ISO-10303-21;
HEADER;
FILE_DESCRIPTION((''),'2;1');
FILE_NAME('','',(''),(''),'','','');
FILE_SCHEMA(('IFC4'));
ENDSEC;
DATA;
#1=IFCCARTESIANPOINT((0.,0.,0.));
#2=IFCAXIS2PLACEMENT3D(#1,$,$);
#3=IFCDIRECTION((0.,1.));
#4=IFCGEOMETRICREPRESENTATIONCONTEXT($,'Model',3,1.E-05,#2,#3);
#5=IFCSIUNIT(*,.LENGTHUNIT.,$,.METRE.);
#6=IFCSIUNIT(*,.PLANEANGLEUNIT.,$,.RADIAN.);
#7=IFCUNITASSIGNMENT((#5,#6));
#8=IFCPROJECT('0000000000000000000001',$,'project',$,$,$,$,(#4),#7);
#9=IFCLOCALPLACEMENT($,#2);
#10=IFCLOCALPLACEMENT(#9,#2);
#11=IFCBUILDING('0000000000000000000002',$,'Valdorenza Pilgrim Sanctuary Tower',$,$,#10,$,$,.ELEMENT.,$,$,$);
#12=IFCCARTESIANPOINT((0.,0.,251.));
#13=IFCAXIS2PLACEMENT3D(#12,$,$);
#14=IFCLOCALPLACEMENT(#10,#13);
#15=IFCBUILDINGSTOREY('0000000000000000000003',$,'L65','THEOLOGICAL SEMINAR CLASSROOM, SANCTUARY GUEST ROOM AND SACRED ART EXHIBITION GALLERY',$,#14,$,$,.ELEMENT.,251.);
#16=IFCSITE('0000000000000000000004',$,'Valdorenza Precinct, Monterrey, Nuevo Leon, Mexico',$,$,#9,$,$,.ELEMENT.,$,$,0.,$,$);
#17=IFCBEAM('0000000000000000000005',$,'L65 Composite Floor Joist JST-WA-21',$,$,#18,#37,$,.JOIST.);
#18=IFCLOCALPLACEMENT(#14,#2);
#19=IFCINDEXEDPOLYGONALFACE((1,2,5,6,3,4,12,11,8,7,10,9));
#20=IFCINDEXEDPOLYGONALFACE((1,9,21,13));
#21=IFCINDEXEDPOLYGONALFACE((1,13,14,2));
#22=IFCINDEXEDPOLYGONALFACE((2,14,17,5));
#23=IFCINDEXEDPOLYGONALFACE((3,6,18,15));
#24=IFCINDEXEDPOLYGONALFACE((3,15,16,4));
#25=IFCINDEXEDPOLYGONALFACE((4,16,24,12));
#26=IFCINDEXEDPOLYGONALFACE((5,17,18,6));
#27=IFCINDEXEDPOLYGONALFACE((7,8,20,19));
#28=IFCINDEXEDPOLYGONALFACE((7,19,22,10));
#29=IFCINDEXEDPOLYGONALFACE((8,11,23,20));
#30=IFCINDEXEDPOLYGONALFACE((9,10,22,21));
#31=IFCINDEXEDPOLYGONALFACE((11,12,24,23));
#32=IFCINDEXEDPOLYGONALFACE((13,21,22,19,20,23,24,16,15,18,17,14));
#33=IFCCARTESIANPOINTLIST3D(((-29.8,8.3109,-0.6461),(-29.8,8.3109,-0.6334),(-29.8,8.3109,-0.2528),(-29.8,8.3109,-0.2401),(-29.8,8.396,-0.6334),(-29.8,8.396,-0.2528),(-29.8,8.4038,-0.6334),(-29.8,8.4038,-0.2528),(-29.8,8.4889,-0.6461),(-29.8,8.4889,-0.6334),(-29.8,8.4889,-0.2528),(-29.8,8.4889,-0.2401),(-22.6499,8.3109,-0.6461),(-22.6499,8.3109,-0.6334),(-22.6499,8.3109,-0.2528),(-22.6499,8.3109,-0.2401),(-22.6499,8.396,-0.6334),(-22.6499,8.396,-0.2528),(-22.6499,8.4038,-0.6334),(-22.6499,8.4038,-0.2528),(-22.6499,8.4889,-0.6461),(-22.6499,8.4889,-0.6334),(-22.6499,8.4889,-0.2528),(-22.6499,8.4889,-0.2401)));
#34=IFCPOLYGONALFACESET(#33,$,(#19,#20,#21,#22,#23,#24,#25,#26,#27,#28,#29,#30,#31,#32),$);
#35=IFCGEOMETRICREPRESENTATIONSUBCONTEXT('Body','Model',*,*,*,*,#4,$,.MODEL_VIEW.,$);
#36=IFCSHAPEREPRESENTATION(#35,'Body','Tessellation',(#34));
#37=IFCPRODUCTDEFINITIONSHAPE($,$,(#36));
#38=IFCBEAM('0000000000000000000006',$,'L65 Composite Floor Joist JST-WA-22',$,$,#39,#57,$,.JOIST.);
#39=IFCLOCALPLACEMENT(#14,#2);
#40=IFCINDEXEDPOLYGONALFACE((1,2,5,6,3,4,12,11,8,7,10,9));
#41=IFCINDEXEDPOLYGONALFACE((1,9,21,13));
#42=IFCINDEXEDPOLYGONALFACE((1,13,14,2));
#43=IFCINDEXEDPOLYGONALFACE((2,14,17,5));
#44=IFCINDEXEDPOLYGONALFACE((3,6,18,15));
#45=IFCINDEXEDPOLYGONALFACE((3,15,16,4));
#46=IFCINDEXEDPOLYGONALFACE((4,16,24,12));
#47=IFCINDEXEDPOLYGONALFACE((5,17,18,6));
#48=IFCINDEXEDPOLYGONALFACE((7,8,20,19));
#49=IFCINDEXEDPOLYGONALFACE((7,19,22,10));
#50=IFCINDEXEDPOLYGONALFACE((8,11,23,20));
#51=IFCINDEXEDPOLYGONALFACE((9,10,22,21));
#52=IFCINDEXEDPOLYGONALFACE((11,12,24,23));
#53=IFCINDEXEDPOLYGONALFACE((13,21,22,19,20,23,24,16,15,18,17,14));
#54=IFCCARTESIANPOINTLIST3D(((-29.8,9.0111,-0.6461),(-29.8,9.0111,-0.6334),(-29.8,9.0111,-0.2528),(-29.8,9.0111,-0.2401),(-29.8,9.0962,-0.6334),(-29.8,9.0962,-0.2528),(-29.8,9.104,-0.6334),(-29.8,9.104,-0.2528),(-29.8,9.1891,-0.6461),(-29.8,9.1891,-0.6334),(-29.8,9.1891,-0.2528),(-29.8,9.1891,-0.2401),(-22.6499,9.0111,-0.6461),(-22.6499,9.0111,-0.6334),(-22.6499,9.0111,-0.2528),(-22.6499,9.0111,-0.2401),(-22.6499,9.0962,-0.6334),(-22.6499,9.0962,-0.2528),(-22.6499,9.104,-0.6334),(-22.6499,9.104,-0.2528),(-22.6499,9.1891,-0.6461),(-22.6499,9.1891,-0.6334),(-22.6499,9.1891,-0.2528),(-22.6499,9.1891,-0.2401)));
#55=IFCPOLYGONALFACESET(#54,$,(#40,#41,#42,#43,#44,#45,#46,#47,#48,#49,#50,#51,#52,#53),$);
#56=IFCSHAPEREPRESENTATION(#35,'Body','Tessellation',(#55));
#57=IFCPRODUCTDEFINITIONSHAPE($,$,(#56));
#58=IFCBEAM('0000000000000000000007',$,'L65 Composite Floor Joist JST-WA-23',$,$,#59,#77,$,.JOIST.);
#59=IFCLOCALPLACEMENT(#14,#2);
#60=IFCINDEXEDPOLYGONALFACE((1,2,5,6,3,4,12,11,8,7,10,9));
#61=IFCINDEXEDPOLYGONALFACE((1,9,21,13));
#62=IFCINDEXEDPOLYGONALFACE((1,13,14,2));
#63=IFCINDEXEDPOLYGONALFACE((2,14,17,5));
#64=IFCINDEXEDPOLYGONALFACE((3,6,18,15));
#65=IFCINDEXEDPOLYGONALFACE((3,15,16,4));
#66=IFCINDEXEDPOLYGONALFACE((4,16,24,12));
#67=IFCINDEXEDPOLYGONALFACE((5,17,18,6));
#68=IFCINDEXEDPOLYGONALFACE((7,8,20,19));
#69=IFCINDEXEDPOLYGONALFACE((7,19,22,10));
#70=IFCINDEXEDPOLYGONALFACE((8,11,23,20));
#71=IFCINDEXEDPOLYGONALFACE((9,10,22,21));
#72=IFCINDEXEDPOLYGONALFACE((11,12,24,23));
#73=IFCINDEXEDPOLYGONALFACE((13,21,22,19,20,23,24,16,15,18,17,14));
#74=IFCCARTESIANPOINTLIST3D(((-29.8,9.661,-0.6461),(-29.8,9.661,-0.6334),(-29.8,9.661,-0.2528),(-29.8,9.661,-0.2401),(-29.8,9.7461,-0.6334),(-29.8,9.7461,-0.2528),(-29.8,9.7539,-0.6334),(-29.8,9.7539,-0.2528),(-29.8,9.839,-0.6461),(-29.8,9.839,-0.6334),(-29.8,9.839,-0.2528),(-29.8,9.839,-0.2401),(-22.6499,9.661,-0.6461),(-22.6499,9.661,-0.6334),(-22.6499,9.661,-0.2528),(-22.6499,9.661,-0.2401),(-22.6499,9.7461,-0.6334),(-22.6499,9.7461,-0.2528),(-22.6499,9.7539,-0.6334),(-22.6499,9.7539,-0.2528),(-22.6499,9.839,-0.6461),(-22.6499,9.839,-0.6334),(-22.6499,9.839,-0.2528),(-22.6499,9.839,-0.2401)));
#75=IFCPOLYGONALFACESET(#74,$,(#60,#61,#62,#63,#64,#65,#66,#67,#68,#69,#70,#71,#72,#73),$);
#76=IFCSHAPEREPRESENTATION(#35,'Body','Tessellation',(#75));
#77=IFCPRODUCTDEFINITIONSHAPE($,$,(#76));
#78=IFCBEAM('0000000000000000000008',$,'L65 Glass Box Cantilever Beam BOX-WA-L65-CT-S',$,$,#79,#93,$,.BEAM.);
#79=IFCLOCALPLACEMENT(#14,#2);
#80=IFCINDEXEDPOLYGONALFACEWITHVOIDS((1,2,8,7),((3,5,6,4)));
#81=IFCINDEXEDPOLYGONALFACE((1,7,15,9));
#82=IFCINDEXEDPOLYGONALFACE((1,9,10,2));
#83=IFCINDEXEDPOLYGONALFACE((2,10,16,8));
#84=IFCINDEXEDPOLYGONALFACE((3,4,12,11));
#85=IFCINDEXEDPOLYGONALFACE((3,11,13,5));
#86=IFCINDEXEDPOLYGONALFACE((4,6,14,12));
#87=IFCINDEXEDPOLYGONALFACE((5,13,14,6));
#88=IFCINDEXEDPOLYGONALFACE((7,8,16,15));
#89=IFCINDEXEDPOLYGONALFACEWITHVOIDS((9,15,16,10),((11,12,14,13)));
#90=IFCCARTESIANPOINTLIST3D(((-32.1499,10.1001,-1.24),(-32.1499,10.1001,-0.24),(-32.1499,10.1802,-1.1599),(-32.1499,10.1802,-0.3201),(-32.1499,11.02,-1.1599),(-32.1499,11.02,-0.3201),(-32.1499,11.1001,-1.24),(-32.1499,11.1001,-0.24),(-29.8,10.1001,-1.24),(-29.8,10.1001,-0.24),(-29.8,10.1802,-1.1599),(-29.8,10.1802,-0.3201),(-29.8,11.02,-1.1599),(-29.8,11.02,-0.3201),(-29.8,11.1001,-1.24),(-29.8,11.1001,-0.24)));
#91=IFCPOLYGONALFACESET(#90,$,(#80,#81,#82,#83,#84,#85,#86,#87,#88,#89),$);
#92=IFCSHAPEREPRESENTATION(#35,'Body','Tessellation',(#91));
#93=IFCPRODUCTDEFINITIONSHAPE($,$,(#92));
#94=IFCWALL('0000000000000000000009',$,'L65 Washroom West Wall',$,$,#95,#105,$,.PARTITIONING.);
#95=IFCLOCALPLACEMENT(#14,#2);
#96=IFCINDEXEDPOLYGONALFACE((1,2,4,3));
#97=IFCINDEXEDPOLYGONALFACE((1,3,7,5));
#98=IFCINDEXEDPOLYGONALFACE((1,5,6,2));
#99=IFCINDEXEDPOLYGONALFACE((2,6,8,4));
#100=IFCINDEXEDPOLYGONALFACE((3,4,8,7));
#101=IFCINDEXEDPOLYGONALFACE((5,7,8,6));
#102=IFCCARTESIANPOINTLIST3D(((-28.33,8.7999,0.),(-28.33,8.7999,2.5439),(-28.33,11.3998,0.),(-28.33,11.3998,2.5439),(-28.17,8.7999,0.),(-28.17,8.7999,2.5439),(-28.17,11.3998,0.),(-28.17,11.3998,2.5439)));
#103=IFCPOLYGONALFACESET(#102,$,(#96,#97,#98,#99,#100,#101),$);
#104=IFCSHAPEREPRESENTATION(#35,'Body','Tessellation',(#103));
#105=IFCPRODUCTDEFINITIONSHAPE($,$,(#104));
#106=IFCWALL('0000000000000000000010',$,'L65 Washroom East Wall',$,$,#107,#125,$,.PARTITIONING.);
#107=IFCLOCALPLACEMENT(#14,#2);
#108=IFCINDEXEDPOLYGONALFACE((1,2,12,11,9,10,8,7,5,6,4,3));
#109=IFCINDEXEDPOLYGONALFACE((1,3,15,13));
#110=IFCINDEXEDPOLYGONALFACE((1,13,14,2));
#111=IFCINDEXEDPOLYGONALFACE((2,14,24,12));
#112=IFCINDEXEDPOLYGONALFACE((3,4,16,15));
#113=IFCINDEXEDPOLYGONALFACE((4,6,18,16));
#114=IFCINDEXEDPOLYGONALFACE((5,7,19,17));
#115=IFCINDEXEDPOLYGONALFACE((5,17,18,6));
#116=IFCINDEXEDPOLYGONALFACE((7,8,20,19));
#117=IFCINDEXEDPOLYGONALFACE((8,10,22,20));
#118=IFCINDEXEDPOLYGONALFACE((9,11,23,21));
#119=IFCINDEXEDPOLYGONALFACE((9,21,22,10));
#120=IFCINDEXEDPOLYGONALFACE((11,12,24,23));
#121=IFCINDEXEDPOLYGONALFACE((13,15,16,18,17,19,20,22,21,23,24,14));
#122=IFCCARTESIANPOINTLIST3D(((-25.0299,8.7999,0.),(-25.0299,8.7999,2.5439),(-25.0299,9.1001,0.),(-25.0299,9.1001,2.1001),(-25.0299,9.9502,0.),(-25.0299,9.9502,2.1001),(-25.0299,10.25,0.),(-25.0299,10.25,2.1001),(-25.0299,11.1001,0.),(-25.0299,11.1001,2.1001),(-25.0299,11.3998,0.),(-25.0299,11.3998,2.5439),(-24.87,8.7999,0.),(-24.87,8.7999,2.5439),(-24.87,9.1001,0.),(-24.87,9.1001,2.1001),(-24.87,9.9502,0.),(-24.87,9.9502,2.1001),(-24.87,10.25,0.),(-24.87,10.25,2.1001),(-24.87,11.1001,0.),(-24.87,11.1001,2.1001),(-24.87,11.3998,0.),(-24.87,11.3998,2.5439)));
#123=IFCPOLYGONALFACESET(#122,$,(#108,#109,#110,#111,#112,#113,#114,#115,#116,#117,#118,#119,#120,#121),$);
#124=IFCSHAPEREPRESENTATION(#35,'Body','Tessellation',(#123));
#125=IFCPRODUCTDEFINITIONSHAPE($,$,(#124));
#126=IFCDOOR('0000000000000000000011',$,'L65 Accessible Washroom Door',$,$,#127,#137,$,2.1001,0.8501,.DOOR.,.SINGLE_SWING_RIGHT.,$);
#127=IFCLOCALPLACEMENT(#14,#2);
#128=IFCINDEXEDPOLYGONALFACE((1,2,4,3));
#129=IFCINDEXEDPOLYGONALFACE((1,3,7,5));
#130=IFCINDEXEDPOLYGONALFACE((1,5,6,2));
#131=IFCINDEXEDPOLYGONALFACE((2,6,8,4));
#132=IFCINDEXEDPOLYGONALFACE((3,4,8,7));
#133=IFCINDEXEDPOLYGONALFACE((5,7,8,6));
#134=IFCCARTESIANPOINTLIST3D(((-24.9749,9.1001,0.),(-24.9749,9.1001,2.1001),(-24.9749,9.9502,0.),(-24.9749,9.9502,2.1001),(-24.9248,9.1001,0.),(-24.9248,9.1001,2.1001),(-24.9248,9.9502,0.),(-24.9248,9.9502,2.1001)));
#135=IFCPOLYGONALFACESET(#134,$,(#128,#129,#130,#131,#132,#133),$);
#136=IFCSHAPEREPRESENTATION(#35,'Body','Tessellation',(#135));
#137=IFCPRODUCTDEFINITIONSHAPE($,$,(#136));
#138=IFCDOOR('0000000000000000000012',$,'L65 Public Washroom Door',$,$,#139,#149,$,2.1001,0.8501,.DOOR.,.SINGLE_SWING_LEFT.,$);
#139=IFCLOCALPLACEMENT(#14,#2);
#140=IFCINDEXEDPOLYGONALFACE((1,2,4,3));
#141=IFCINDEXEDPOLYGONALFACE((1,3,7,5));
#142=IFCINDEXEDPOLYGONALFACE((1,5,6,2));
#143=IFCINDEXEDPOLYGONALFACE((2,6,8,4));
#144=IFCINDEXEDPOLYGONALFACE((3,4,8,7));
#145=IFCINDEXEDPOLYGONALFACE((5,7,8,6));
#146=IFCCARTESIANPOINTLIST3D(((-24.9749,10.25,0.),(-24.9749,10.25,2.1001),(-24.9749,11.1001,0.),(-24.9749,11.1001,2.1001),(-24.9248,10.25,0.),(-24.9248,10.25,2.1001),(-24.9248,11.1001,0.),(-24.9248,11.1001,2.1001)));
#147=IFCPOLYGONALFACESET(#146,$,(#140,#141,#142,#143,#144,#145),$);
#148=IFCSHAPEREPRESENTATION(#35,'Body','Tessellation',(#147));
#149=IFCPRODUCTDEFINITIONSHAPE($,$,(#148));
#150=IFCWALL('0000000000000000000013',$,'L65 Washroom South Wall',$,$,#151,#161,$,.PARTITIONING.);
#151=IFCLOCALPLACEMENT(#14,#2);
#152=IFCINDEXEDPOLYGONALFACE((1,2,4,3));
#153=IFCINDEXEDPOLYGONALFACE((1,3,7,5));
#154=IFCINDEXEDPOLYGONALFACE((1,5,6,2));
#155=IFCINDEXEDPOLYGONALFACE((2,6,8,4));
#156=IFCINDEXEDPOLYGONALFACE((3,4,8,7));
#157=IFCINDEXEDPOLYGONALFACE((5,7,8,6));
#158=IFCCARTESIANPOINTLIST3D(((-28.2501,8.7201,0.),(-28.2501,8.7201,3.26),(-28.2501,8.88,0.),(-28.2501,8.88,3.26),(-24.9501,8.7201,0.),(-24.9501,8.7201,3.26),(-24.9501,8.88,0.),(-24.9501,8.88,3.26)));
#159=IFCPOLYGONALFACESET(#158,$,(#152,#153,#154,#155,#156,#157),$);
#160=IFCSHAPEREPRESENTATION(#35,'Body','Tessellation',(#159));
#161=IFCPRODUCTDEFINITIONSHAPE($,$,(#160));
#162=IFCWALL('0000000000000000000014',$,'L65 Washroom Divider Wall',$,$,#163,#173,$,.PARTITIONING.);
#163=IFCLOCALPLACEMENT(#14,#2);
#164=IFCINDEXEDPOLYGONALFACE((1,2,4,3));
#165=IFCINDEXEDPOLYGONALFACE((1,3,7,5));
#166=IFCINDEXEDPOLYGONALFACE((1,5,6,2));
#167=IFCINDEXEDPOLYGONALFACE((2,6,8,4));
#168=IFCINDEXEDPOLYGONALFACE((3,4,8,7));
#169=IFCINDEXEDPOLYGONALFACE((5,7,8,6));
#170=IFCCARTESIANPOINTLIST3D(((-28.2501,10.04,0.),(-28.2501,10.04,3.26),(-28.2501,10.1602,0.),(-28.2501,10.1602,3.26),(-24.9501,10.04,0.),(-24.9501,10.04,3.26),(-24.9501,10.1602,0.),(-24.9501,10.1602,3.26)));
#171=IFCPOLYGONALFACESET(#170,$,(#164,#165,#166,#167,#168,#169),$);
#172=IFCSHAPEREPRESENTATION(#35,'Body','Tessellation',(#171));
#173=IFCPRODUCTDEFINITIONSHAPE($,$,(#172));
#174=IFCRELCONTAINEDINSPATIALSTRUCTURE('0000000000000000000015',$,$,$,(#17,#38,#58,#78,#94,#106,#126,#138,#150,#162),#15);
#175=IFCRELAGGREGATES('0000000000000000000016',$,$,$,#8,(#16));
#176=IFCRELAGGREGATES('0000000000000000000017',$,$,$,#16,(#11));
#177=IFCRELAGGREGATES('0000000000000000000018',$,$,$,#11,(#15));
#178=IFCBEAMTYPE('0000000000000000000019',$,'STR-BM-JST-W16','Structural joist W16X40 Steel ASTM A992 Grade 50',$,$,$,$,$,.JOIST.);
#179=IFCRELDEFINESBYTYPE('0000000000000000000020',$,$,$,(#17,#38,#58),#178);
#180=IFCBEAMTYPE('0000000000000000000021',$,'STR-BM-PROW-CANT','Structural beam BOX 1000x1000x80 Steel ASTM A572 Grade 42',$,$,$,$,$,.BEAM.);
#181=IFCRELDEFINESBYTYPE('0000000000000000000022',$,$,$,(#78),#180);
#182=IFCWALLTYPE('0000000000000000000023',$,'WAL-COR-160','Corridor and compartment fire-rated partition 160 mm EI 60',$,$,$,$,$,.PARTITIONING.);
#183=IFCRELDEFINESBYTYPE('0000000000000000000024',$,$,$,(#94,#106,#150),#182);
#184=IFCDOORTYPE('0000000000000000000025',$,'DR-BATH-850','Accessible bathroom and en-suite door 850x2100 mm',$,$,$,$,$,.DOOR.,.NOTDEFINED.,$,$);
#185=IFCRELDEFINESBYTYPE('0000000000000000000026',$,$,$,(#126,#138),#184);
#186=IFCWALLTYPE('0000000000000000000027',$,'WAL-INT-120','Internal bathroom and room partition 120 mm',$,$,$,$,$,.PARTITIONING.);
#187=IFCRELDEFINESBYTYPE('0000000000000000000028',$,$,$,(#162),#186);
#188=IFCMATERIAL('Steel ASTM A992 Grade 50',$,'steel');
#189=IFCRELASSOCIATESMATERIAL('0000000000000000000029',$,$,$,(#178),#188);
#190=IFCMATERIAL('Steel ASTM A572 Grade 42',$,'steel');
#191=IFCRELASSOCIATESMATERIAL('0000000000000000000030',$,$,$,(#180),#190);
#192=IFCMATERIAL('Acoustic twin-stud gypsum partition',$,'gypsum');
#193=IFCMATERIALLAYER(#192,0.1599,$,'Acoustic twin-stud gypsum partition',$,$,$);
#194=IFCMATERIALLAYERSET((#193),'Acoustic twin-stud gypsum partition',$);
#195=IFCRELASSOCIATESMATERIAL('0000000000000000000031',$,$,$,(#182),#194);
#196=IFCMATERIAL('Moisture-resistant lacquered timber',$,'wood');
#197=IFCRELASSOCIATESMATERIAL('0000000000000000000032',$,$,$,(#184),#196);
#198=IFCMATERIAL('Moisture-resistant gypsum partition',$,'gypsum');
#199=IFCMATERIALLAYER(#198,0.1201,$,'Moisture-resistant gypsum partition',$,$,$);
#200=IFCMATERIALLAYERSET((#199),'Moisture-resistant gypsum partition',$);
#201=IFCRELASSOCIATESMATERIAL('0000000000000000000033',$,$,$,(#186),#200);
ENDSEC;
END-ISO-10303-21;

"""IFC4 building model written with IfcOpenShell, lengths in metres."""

from ifc_helpers import new_model, si_unit, direction, frame, frame_2d, origin, origin_2d, place, context, subcontext, project, spatial, rectangle, hollow_rectangle, i_section, extrude, source, transform, mapped, material, layer, layer_set, material_profile, profile_set, type_object, element, fill, save


model = new_model("IFC4")

# Units and contexts
model_context = context("Model", 3, precision=1e-05, world=origin(), true_north=direction((0.0, 1.0)))
body_context = subcontext(model_context, "Body", "Model", "MODEL_VIEW")
ifc_project = project(units=[si_unit("LENGTHUNIT", "METRE"), si_unit("PLANEANGLEUNIT", "RADIAN")], contexts=[model_context])

# Site, building, storey
site_placement = place(None, origin())
site = spatial("IfcSite", under=ifc_project, at=site_placement, Name="Valdorenza Precinct, Monterrey, Nuevo Leon, Mexico", CompositionType="ELEMENT", RefElevation=0.0)
building_placement = place(site_placement, origin())
building = spatial("IfcBuilding", under=site, at=building_placement, Name="Valdorenza Pilgrim Sanctuary Tower", CompositionType="ELEMENT")
storey_placement = place(building_placement, frame((0.0, 0.0, 251.0)))
storey = spatial("IfcBuildingStorey", under=building, at=storey_placement, Name="L65", Description="THEOLOGICAL SEMINAR CLASSROOM, SANCTUARY GUEST ROOM AND SACRED ART EXHIBITION GALLERY", CompositionType="ELEMENT", Elevation=251.0)

# Beams
ifc_material_1 = material(Name="Steel ASTM A992 Grade 50", Category="steel")
ifc_material_profile_1 = material_profile(ifc_material_1, i_section(OverallWidth=0.178, OverallDepth=0.406, WebThickness=0.0078, FlangeThickness=0.0127, at=origin_2d()), Name="W16X40")
ifc_profile_set_1 = profile_set([ifc_material_profile_1], Name="Steel ASTM A992 Grade 50")
beam_type_1 = type_object("IfcBeamType", Name="STR-BM-JST-W16", Description="Structural joist W16X40 Steel ASTM A992 Grade 50", PredefinedType="JOIST", material=ifc_profile_set_1)
shared_shape_1 = source(origin(), body_context, "Body", "SweptSolid", [
    extrude(i_section(OverallWidth=0.178, OverallDepth=0.406, WebThickness=0.0078, FlangeThickness=0.0127, at=origin_2d()), origin(), (0.0, 0.0, 1.0), 7.1501),
])
for number, where, z_axis, x_axis, name in (
    (1, (-29.8, 8.3999, -0.4431), (1.0, 0.0, 0.0), (0.0, 1.0, 0.0), "L65 Composite Floor Joist JST-WA-21"),
    (2, (-29.8, 9.1001, -0.4431), (1.0, 0.0, 0.0), (0.0, 1.0, 0.0), "L65 Composite Floor Joist JST-WA-22"),
    (3, (-29.8, 9.75, -0.4431), (1.0, 0.0, 0.0), (0.0, 1.0, 0.0), "L65 Composite Floor Joist JST-WA-23"),
):
    element("IfcBeam", number, at=place(storey_placement, frame(where, z_axis=z_axis, x_axis=x_axis)), inside=storey, type_object=beam_type_1, Name=name, PredefinedType="JOIST", context=body_context, shape_type="MappedRepresentation", body=[
        mapped(shared_shape_1, transform((0.0, 0.0, 0.0), x_axis=(1.0, 0.0, 0.0), y_axis=(0.0, 1.0, 0.0), z_axis=(0.0, 0.0, 1.0), scale=1.0)),
    ])
ifc_material_2 = material(Name="Steel ASTM A572 Grade 42", Category="steel")
ifc_material_profile_2 = material_profile(ifc_material_2, hollow_rectangle(XDim=1.0, YDim=1.0, WallThickness=0.0801, at=origin_2d()), Name="BOX 1000x1000x80")
ifc_profile_set_2 = profile_set([ifc_material_profile_2], Name="Steel ASTM A572 Grade 42")
beam_type_2 = type_object("IfcBeamType", Name="STR-BM-PROW-CANT", Description="Structural beam BOX 1000x1000x80 Steel ASTM A572 Grade 42", PredefinedType="BEAM", material=ifc_profile_set_2)
shared_shape_2 = source(origin(), body_context, "Body", "SweptSolid", [
    extrude(hollow_rectangle(XDim=1.0, YDim=1.0, WallThickness=0.0801, at=origin_2d()), origin(), (0.0, 0.0, 1.0), 2.3499),
])
beam_1_placement = place(storey_placement, frame((-29.8, 10.6001, -0.74), z_axis=(-1.0, 0.0, 0.0), x_axis=(0.0, -1.0, 0.0)))
element("IfcBeam", 4, at=beam_1_placement, inside=storey, type_object=beam_type_2, Name="L65 Glass Box Cantilever Beam BOX-WA-L65-CT-S", PredefinedType="BEAM", context=body_context, shape_type="MappedRepresentation", body=[
    mapped(shared_shape_2, transform((0.0, 0.0, 0.0), x_axis=(1.0, 0.0, 0.0), y_axis=(0.0, 1.0, 0.0), z_axis=(0.0, 0.0, 1.0), scale=1.0)),
])

# Wall
ifc_material_3 = material(Name="Acoustic twin-stud gypsum partition", Category="gypsum")
ifc_layer_1 = layer(ifc_material_3, 0.1599, Name="Acoustic twin-stud gypsum partition")
ifc_layer_set_1 = layer_set([ifc_layer_1], Name="Acoustic twin-stud gypsum partition")
wall_type_1 = type_object("IfcWallType", Name="WAL-COR-160", Description="Corridor and compartment fire-rated partition 160 mm EI 60", PredefinedType="PARTITIONING", material=ifc_layer_set_1)
wall_1_placement = place(storey_placement, frame((-28.25, 8.8, 0.0), z_axis=(0.0, 0.0, 1.0), x_axis=(0.0, 1.0, 0.0)))
element("IfcWall", 5, at=wall_1_placement, inside=storey, type_object=wall_type_1, Name="L65 Washroom West Wall", PredefinedType="PARTITIONING", context=body_context, shape_type="SweptSolid", body=[
    extrude(rectangle(XDim=2.5999, YDim=0.1599, at=frame_2d((1.2998, 0.0))), origin(), (0.0, 0.0, 1.0), 2.5439),
])

# Wall, openings, doors
wall_2_placement = place(storey_placement, frame((-24.95, 8.8, 0.0), z_axis=(0.0, 0.0, 1.0), x_axis=(0.0, 1.0, 0.0)))
wall_2 = element("IfcWall", 6, at=wall_2_placement, inside=storey, type_object=wall_type_1, Name="L65 Washroom East Wall", PredefinedType="PARTITIONING", context=body_context, shape_type="SweptSolid", body=[
    extrude(rectangle(XDim=2.5999, YDim=0.1599, at=frame_2d((1.2998, 0.0))), origin(), (0.0, 0.0, 1.0), 2.5439),
])
opening_1_placement = place(wall_2_placement, frame((0.3, 0.0, 0.0)))
opening_1 = element("IfcOpeningElement", 7, at=opening_1_placement, cuts=wall_2, PredefinedType="OPENING", context=body_context, shape_type="SweptSolid", body=[
    extrude(rectangle(XDim=0.8501, YDim=2.1001, at=frame_2d((0.425, 1.05))), frame((0.0, 0.0947, 0.0), z_axis=(0.0, -1.0, 0.0), x_axis=(1.0, 0.0, 0.0)), (0.0, 0.0, 1.0), 0.1897),
])
opening_2_placement = place(wall_2_placement, frame((1.45, 0.0, 0.0)))
opening_2 = element("IfcOpeningElement", 8, at=opening_2_placement, cuts=wall_2, PredefinedType="OPENING", context=body_context, shape_type="SweptSolid", body=[
    extrude(rectangle(XDim=0.8501, YDim=2.1001, at=frame_2d((0.425, 1.05))), frame((0.0, 0.0947, 0.0), z_axis=(0.0, -1.0, 0.0), x_axis=(1.0, 0.0, 0.0)), (0.0, 0.0, 1.0), 0.1897),
])
ifc_material_4 = material(Name="Moisture-resistant lacquered timber", Category="wood")
door_type = type_object("IfcDoorType", Name="DR-BATH-850", Description="Accessible bathroom and en-suite door 850x2100 mm", OperationType="NOTDEFINED", PredefinedType="DOOR", material=ifc_material_4)
door_1_placement = place(opening_1_placement, origin())
door_1 = element("IfcDoor", 9, at=door_1_placement, inside=storey, type_object=door_type, Name="L65 Accessible Washroom Door", OperationType="SINGLE_SWING_RIGHT", OverallHeight=2.1001, OverallWidth=0.8501, PredefinedType="DOOR", context=body_context, shape_type="SweptSolid", body=[
    extrude(rectangle(XDim=0.8501, YDim=2.1001, at=frame_2d((0.425, 1.05))), frame((0.0, 0.0249, 0.0), z_axis=(0.0, -1.0, 0.0), x_axis=(1.0, 0.0, 0.0)), (0.0, 0.0, 1.0), 0.05),
])
fill(opening_1, door_1)
door_2_placement = place(opening_2_placement, origin())
door_2 = element("IfcDoor", 10, at=door_2_placement, inside=storey, type_object=door_type, Name="L65 Public Washroom Door", OperationType="SINGLE_SWING_LEFT", OverallHeight=2.1001, OverallWidth=0.8501, PredefinedType="DOOR", context=body_context, shape_type="SweptSolid", body=[
    extrude(rectangle(XDim=0.8501, YDim=2.1001, at=frame_2d((0.425, 1.05))), frame((0.0, 0.0249, 0.0), z_axis=(0.0, -1.0, 0.0), x_axis=(1.0, 0.0, 0.0)), (0.0, 0.0, 1.0), 0.05),
])
fill(opening_2, door_2)

# Walls
wall_3_placement = place(storey_placement, frame((-28.25, 8.8, 0.0), z_axis=(0.0, 0.0, 1.0), x_axis=(1.0, 0.0, 0.0)))
element("IfcWall", 11, at=wall_3_placement, inside=storey, type_object=wall_type_1, Name="L65 Washroom South Wall", PredefinedType="PARTITIONING", context=body_context, shape_type="SweptSolid", body=[
    extrude(rectangle(XDim=3.3, YDim=0.1599, at=frame_2d((1.6499, 0.0))), origin(), (0.0, 0.0, 1.0), 3.26),
])
ifc_material_5 = material(Name="Moisture-resistant gypsum partition", Category="gypsum")
ifc_layer_2 = layer(ifc_material_5, 0.1201, Name="Moisture-resistant gypsum partition")
ifc_layer_set_2 = layer_set([ifc_layer_2], Name="Moisture-resistant gypsum partition")
wall_type_2 = type_object("IfcWallType", Name="WAL-INT-120", Description="Internal bathroom and room partition 120 mm", PredefinedType="PARTITIONING", material=ifc_layer_set_2)
wall_4_placement = place(storey_placement, frame((-28.25, 10.1001, 0.0), z_axis=(0.0, 0.0, 1.0), x_axis=(1.0, 0.0, 0.0)))
element("IfcWall", 12, at=wall_4_placement, inside=storey, type_object=wall_type_2, Name="L65 Washroom Divider Wall", PredefinedType="PARTITIONING", context=body_context, shape_type="SweptSolid", body=[
    extrude(rectangle(XDim=3.3, YDim=0.1201, at=frame_2d((1.6499, 0.0))), origin(), (0.0, 0.0, 1.0), 3.26),
])

save(model, "model.ifc")
